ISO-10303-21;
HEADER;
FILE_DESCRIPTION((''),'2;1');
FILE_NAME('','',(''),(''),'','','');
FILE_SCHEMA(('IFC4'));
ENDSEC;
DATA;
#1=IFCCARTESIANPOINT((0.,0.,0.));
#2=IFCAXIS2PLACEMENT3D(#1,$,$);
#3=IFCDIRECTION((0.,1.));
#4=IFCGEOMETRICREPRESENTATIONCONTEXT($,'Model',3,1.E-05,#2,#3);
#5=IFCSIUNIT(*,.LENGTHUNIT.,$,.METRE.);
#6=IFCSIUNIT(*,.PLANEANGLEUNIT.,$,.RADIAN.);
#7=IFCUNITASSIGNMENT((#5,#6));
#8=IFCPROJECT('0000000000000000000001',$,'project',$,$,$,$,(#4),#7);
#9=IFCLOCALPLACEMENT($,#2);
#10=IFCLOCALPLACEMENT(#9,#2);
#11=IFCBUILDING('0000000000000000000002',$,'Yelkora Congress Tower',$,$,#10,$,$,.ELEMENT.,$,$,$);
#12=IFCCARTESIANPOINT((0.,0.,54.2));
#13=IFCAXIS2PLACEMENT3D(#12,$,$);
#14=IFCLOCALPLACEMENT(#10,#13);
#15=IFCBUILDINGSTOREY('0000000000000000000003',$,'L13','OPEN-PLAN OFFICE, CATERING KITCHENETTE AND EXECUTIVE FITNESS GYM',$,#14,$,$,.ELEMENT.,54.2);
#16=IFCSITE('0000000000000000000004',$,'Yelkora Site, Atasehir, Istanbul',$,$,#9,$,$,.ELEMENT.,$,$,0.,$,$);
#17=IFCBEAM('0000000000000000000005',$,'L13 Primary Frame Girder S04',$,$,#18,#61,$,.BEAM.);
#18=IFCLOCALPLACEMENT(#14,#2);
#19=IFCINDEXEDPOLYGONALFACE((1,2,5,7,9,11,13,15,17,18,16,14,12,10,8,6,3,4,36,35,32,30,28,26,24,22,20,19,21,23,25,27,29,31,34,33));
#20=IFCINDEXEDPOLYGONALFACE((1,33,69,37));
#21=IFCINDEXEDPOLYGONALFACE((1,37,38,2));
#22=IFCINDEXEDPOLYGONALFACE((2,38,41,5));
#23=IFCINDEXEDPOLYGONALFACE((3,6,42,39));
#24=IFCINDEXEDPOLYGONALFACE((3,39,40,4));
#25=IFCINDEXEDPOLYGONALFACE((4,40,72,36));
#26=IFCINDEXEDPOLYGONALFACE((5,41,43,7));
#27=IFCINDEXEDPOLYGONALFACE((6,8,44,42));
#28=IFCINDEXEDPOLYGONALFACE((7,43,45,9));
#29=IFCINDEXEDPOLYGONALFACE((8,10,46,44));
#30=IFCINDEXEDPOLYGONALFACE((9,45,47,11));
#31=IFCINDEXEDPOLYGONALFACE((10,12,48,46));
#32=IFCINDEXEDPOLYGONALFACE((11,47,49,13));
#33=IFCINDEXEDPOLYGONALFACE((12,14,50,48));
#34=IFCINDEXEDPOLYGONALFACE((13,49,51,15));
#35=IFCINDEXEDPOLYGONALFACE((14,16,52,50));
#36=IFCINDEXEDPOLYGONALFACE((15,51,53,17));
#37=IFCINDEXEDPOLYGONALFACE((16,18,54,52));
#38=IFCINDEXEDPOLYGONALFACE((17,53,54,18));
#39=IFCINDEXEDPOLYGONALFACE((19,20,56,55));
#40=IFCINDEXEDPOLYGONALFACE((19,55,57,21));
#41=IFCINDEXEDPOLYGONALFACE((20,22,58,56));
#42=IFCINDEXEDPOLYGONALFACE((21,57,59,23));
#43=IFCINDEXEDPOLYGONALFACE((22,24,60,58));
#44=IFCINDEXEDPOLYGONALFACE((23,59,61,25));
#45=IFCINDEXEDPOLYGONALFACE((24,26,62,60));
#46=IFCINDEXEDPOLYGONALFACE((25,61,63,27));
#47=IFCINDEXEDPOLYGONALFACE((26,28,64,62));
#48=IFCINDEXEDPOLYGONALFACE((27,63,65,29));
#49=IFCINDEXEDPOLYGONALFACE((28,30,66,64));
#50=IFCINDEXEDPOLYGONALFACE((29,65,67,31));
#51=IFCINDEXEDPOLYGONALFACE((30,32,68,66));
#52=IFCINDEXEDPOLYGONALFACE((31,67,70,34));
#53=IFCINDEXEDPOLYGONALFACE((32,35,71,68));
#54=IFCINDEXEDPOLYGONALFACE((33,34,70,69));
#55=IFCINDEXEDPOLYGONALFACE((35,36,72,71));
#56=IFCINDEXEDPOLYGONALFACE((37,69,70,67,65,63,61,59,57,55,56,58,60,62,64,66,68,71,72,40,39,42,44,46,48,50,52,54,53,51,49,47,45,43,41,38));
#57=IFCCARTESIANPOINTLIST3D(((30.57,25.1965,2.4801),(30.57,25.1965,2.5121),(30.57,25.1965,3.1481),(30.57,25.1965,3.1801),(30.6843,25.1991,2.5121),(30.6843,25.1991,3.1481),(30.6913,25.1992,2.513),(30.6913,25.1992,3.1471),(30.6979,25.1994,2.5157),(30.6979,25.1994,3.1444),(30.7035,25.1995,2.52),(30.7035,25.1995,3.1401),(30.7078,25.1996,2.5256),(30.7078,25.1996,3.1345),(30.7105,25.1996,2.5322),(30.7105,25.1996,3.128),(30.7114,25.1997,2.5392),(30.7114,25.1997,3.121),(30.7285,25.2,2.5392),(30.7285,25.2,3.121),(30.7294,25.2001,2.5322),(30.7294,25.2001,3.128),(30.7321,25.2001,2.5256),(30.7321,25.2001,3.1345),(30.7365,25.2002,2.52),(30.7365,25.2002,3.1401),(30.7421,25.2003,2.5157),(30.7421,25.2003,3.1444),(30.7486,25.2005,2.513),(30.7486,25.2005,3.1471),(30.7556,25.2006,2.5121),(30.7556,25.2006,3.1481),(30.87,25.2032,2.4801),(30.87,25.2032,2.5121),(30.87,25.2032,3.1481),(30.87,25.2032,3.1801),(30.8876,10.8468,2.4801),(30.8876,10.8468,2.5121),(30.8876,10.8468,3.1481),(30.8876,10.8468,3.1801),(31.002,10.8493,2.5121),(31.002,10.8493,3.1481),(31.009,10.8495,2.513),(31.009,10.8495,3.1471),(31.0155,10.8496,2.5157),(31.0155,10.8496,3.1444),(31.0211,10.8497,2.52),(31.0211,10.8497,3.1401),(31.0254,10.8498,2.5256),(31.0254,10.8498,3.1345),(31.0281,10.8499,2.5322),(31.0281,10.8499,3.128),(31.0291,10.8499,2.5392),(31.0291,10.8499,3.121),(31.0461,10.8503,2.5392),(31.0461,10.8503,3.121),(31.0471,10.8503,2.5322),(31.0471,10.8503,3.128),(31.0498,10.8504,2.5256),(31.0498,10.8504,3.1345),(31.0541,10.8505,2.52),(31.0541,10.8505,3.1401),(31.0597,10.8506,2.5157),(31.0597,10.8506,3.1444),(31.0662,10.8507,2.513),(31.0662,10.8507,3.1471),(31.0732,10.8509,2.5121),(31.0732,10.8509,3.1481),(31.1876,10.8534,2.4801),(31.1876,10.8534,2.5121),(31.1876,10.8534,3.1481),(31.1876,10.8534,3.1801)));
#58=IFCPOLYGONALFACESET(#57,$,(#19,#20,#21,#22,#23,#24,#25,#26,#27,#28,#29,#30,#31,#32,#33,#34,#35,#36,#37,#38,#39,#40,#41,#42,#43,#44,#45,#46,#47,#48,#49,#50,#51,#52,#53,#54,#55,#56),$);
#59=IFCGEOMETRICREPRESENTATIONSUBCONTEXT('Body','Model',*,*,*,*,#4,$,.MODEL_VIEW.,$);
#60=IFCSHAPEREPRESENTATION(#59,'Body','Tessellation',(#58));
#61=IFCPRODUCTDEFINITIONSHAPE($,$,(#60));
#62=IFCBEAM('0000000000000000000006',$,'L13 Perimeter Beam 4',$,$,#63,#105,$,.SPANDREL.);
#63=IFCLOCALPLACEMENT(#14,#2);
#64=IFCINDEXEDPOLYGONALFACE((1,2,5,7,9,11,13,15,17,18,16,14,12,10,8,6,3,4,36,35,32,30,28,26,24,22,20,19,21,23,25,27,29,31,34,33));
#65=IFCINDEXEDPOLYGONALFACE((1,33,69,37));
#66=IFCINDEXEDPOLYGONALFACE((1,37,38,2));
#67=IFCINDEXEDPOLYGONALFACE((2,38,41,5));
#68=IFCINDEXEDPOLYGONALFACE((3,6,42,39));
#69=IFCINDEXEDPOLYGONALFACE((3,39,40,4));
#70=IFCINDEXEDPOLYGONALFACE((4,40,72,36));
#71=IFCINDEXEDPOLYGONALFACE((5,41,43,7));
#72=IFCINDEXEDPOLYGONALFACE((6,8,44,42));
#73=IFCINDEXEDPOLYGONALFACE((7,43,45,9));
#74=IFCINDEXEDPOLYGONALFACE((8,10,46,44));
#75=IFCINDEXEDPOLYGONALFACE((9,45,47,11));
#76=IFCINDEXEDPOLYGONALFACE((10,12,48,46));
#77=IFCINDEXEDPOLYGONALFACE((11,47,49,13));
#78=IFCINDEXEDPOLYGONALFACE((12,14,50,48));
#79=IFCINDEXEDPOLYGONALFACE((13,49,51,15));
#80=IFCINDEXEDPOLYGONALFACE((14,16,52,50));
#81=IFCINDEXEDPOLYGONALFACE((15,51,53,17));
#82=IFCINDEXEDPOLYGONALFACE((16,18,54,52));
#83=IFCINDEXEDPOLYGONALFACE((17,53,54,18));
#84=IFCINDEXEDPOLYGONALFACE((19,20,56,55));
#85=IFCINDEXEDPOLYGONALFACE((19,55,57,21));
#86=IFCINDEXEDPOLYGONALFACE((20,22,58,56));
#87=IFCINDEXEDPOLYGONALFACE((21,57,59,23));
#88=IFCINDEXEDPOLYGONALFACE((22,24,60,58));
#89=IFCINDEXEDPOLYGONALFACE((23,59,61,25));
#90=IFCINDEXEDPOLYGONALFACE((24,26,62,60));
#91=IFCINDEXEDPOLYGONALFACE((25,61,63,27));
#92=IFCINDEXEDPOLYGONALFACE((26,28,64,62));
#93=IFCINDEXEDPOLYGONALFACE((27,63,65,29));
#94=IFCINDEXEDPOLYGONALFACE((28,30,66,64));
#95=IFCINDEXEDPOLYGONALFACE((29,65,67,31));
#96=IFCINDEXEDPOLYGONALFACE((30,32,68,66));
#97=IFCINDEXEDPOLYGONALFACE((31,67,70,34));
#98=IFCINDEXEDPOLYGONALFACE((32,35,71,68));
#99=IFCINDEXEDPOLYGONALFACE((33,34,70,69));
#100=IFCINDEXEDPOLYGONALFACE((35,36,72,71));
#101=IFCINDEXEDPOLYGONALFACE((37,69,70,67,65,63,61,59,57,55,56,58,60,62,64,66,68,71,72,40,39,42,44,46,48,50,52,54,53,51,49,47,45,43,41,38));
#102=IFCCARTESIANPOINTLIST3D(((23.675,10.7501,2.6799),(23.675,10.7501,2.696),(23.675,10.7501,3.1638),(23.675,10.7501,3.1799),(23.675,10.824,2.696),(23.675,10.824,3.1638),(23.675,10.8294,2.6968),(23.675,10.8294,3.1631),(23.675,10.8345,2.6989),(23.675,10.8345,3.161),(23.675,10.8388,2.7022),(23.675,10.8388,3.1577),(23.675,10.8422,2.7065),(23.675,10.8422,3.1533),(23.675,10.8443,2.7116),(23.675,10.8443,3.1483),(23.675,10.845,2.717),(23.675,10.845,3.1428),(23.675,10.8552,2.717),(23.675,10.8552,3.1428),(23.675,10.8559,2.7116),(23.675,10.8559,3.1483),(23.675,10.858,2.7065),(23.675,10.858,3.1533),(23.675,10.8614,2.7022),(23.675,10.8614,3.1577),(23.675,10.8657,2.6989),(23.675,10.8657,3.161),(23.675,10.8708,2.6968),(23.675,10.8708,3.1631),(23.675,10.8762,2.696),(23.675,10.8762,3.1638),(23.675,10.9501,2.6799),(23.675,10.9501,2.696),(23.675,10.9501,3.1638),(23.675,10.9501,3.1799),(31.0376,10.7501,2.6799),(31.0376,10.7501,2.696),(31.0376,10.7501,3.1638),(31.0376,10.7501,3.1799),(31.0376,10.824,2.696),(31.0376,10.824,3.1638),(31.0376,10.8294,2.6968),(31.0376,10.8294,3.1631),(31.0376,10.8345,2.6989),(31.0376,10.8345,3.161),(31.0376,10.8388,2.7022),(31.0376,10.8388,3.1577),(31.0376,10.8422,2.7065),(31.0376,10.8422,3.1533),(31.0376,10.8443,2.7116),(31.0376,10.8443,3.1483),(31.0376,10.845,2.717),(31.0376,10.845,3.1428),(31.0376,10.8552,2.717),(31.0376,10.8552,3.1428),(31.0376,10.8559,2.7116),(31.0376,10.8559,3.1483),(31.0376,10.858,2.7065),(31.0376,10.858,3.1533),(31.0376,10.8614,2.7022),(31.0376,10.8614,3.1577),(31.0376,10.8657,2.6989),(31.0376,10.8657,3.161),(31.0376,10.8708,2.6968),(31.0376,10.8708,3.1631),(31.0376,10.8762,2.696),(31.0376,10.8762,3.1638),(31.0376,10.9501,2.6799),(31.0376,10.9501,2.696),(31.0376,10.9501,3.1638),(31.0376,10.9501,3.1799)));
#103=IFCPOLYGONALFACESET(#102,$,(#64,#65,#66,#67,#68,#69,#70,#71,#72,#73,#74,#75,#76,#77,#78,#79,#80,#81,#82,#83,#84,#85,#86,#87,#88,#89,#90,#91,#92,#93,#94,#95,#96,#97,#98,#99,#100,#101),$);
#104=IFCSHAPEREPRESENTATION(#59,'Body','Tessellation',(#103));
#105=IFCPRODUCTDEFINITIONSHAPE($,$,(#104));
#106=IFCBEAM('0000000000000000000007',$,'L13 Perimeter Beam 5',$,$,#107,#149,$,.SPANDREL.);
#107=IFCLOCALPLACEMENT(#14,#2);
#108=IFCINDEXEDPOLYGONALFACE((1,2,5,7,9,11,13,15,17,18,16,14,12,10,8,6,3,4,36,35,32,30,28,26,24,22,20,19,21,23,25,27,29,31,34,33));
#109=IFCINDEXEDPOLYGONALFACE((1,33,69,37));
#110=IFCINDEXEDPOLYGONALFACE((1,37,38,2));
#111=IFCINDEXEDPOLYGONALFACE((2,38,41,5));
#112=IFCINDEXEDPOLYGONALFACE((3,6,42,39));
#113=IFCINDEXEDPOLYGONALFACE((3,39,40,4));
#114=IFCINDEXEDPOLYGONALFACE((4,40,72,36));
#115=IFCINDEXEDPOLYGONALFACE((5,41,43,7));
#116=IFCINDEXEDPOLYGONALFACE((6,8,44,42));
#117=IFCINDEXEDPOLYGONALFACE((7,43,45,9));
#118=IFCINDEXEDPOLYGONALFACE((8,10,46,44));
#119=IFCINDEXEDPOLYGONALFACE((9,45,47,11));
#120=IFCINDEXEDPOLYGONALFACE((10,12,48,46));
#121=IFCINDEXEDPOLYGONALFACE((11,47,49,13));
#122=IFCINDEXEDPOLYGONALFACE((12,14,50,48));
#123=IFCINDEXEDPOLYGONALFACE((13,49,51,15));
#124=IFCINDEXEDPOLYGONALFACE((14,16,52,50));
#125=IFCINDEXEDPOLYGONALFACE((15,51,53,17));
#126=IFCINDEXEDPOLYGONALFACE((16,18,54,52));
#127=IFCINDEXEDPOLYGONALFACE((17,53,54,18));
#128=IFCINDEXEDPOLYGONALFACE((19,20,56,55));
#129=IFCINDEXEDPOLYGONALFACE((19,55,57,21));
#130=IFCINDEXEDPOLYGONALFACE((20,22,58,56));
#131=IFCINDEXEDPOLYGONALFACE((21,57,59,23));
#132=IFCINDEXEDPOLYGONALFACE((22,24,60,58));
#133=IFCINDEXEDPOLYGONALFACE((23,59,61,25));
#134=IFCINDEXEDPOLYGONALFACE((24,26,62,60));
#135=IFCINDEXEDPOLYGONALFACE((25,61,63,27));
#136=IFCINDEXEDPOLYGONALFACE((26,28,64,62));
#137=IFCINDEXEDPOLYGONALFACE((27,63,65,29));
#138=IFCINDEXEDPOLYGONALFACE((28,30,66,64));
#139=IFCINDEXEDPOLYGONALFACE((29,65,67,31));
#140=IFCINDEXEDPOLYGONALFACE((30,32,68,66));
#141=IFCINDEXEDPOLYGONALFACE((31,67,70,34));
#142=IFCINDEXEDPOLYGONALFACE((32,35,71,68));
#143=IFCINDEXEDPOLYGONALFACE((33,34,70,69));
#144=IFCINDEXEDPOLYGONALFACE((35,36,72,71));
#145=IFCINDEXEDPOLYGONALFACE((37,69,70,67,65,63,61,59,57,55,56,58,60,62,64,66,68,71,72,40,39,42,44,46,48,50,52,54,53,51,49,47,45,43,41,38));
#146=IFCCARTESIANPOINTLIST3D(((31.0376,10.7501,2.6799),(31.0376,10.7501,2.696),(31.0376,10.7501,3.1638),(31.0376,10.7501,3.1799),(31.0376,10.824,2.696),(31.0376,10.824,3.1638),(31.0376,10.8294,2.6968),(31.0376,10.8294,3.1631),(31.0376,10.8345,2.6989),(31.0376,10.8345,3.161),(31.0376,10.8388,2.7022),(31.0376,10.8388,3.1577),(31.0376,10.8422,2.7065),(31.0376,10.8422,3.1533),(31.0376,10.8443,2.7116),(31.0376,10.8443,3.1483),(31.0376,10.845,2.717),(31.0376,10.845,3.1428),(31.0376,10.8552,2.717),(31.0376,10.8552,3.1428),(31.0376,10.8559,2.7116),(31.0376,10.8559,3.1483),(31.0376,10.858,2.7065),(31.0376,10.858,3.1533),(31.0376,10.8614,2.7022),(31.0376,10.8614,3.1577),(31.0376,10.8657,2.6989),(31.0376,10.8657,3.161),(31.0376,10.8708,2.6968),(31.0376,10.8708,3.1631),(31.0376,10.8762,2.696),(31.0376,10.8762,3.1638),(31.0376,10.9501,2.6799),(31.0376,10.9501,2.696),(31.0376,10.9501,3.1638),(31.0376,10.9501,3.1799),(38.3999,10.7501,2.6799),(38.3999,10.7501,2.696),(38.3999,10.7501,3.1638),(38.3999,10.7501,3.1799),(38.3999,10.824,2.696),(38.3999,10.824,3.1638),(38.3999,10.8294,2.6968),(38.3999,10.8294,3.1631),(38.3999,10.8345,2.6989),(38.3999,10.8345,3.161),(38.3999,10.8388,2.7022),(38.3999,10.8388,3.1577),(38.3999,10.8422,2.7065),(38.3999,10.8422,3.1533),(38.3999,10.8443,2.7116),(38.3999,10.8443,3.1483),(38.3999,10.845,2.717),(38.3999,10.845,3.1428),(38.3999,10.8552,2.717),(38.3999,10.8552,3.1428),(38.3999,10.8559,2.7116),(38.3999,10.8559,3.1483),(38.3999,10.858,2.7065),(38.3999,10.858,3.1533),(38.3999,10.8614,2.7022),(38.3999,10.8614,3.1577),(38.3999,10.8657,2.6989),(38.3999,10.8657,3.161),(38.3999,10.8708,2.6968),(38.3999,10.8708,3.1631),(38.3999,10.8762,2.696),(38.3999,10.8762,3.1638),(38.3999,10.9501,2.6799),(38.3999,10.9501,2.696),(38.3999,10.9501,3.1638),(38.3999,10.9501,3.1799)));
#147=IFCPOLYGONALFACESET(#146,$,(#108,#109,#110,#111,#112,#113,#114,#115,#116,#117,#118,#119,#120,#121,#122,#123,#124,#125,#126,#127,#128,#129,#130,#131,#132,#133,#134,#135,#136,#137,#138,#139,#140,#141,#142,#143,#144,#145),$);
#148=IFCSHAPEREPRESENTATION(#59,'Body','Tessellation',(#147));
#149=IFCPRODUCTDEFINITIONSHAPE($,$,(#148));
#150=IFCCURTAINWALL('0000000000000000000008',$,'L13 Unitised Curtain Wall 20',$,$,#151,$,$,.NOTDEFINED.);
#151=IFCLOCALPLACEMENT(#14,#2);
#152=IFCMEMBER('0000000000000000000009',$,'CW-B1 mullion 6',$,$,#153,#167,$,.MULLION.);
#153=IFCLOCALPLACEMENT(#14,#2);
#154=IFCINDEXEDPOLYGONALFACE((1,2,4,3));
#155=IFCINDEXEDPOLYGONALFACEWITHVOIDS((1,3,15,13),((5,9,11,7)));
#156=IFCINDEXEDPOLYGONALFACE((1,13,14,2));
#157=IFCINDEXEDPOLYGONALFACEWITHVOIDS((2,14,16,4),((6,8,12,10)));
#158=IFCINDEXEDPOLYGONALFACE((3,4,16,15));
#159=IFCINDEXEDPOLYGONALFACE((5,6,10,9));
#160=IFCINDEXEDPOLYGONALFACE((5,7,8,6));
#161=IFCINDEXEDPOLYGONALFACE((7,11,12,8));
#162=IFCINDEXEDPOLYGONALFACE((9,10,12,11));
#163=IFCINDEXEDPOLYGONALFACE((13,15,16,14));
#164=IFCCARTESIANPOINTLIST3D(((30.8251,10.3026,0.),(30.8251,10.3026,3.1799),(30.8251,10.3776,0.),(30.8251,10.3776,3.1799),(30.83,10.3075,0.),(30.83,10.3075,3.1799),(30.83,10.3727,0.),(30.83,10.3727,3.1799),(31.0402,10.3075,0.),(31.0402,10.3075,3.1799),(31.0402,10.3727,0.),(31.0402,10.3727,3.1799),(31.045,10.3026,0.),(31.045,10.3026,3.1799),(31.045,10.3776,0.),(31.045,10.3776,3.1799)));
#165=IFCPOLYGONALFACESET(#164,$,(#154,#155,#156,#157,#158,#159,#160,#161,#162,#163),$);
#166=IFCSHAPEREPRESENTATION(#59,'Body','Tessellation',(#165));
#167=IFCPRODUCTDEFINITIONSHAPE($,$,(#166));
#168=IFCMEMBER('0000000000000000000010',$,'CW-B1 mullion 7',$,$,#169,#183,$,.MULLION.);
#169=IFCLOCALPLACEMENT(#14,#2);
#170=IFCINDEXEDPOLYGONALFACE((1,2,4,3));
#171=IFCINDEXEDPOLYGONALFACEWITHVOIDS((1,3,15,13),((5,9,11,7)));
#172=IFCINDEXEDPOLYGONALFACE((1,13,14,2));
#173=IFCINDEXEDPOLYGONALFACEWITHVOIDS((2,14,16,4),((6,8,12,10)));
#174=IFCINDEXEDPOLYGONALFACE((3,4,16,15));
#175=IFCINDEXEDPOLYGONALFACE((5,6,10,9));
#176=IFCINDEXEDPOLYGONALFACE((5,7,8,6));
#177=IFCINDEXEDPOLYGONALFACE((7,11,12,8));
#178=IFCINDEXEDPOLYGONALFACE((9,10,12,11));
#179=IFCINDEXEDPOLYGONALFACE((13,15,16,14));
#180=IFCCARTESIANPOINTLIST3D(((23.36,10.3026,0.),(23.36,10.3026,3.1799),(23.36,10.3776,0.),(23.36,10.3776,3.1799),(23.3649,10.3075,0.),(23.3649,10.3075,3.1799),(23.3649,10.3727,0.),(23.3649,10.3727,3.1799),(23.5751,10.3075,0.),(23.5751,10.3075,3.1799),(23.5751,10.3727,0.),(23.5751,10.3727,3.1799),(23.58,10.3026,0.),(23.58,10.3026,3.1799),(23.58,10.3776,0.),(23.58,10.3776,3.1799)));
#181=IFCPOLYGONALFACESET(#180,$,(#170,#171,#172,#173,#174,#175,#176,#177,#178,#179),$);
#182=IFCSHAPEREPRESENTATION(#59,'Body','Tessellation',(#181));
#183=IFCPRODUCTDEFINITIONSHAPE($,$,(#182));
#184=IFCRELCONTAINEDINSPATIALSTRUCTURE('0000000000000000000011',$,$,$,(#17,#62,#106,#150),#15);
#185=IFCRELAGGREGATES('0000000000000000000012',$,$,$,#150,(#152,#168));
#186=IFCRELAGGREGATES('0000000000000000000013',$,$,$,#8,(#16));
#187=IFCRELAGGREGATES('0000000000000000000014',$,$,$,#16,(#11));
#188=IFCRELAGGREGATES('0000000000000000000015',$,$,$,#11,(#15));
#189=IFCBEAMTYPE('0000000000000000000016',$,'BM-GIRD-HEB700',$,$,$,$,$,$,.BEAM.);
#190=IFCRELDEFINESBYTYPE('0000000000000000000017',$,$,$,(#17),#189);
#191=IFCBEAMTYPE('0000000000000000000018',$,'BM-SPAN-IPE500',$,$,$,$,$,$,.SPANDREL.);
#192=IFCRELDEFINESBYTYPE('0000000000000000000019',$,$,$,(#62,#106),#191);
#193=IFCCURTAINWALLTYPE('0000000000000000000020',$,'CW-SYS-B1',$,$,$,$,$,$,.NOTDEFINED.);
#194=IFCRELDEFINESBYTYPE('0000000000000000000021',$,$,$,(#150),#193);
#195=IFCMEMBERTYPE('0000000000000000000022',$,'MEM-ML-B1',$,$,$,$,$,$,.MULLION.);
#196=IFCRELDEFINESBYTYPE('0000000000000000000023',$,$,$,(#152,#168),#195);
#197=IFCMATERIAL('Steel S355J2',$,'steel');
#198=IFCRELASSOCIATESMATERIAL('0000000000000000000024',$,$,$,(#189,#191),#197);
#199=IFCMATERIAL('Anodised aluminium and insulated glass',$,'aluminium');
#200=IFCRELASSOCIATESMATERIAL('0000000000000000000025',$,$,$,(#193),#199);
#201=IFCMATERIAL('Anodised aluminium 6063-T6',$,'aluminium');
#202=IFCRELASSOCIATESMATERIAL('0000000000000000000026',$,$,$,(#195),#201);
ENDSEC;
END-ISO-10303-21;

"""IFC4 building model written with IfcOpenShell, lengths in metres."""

from ifc_helpers import new_model, si_unit, direction, frame, origin, origin_2d, place, context, subcontext, project, spatial, hollow_rectangle, i_section, extrude, material, material_profile, profile_set, type_object, element, aggregate, save


model = new_model("IFC4")

# Units and contexts
model_context = context("Model", 3, precision=1e-05, world=origin(), true_north=direction((0.0, 1.0)))
body_context = subcontext(model_context, "Body", "Model", "MODEL_VIEW")
ifc_project = project(units=[si_unit("LENGTHUNIT", "METRE"), si_unit("PLANEANGLEUNIT", "RADIAN")], contexts=[model_context])

# Site, building, storey
site_placement = place(None, origin())
site = spatial("IfcSite", under=ifc_project, at=site_placement, Name="Yelkora Site, Atasehir, Istanbul", CompositionType="ELEMENT", RefElevation=0.0)
building_placement = place(site_placement, origin())
building = spatial("IfcBuilding", under=site, at=building_placement, Name="Yelkora Congress Tower", CompositionType="ELEMENT")
storey_placement = place(building_placement, frame((0.0, 0.0, 54.2)))
storey = spatial("IfcBuildingStorey", under=building, at=storey_placement, Name="L13", Description="OPEN-PLAN OFFICE, CATERING KITCHENETTE AND EXECUTIVE FITNESS GYM", CompositionType="ELEMENT", Elevation=54.2)

# Beams
ifc_material_1 = material(Name="Steel S355J2", Category="steel")
ifc_material_profile_1 = material_profile(ifc_material_1, i_section(OverallWidth=0.3, OverallDepth=0.7, WebThickness=0.0171, FlangeThickness=0.032, FilletRadius=0.0271, at=origin_2d()), Name="HEB 700")
ifc_profile_set_1 = profile_set([ifc_material_profile_1], Name="Steel S355J2")
beam_type_1 = type_object("IfcBeamType", Name="BM-GIRD-HEB700", PredefinedType="BEAM", material=ifc_profile_set_1)
beam_1_placement = place(storey_placement, frame((31.0376, 10.8501, 2.8301), z_axis=(-0.022129, 0.999755, 0.0), x_axis=(-0.999755, -0.022129, 0.0)))
element("IfcBeam", 1, at=beam_1_placement, inside=storey, type_object=beam_type_1, Name="L13 Primary Frame Girder S04", PredefinedType="BEAM", context=body_context, shape_type="SweptSolid", body=[
    extrude(i_section(OverallWidth=0.3, OverallDepth=0.7, WebThickness=0.0171, FlangeThickness=0.032, FilletRadius=0.0271, at=origin_2d()), origin(), (0.0, 0.0, 1.0), 14.3533),
])
ifc_material_profile_2 = material_profile(ifc_material_1, i_section(OverallWidth=0.2, OverallDepth=0.5, WebThickness=0.0103, FlangeThickness=0.0161, FilletRadius=0.021, at=origin_2d()), Name="IPE 500")
ifc_profile_set_2 = profile_set([ifc_material_profile_2], Name="Steel S355J2")
beam_type_2 = type_object("IfcBeamType", Name="BM-SPAN-IPE500", PredefinedType="SPANDREL", material=ifc_profile_set_2)
beam_2_placement = place(storey_placement, frame((23.675, 10.8501, 2.9299), z_axis=(1.0, 0.0, 0.0), x_axis=(0.0, 1.0, 0.0)))
element("IfcBeam", 2, at=beam_2_placement, inside=storey, type_object=beam_type_2, Name="L13 Perimeter Beam 4", PredefinedType="SPANDREL", context=body_context, shape_type="SweptSolid", body=[
    extrude(i_section(OverallWidth=0.2, OverallDepth=0.5, WebThickness=0.0103, FlangeThickness=0.0161, FilletRadius=0.021, at=origin_2d()), origin(), (0.0, 0.0, 1.0), 7.3625),
])
beam_3_placement = place(storey_placement, frame((31.0376, 10.8501, 2.9299), z_axis=(1.0, 0.0, 0.0), x_axis=(0.0, 1.0, 0.0)))
element("IfcBeam", 3, at=beam_3_placement, inside=storey, type_object=beam_type_2, Name="L13 Perimeter Beam 5", PredefinedType="SPANDREL", context=body_context, shape_type="SweptSolid", body=[
    extrude(i_section(OverallWidth=0.2, OverallDepth=0.5, WebThickness=0.0103, FlangeThickness=0.0161, FilletRadius=0.021, at=origin_2d()), origin(), (0.0, 0.0, 1.0), 7.3623),
])

# Curtain wall, members
ifc_material_2 = material(Name="Anodised aluminium and insulated glass", Category="aluminium")
curtain_wall_type = type_object("IfcCurtainWallType", Name="CW-SYS-B1", PredefinedType="NOTDEFINED", material=ifc_material_2)
curtain_wall_placement = place(storey_placement, origin())
curtain_wall = element("IfcCurtainWall", 4, at=curtain_wall_placement, inside=storey, type_object=curtain_wall_type, Name="L13 Unitised Curtain Wall 20", PredefinedType="NOTDEFINED")
ifc_material_3 = material(Name="Anodised aluminium 6063-T6", Category="aluminium")
ifc_material_profile_3 = material_profile(ifc_material_3, hollow_rectangle(XDim=0.075, YDim=0.22, WallThickness=0.0049, at=origin_2d()), Name="ALU 75x220x5")
ifc_profile_set_3 = profile_set([ifc_material_profile_3], Name="Anodised aluminium 6063-T6")
member_type_1 = type_object("IfcMemberType", Name="MEM-ML-B1", PredefinedType="MULLION", material=ifc_profile_set_3)
member_1_placement = place(storey_placement, frame((30.9351, 10.3401, 0.0), z_axis=(0.0, 0.0, 1.0), x_axis=(0.0, -1.0, 0.0)))
member_1 = element("IfcMember", 5, at=member_1_placement, type_object=member_type_1, Name="CW-B1 mullion 6", PredefinedType="MULLION", context=body_context, shape_type="SweptSolid", body=[
    extrude(hollow_rectangle(XDim=0.075, YDim=0.22, WallThickness=0.0049, at=origin_2d()), origin(), (0.0, 0.0, 1.0), 3.1799),
])
member_2_placement = place(storey_placement, frame((23.47, 10.3401, 0.0), z_axis=(0.0, 0.0, 1.0), x_axis=(0.0, -1.0, 0.0)))
member_2 = element("IfcMember", 6, at=member_2_placement, type_object=member_type_1, Name="CW-B1 mullion 7", PredefinedType="MULLION", context=body_context, shape_type="SweptSolid", body=[
    extrude(hollow_rectangle(XDim=0.075, YDim=0.22, WallThickness=0.0049, at=origin_2d()), origin(), (0.0, 0.0, 1.0), 3.1799),
])
aggregate(curtain_wall, [member_1, member_2])

save(model, "model.ifc")
